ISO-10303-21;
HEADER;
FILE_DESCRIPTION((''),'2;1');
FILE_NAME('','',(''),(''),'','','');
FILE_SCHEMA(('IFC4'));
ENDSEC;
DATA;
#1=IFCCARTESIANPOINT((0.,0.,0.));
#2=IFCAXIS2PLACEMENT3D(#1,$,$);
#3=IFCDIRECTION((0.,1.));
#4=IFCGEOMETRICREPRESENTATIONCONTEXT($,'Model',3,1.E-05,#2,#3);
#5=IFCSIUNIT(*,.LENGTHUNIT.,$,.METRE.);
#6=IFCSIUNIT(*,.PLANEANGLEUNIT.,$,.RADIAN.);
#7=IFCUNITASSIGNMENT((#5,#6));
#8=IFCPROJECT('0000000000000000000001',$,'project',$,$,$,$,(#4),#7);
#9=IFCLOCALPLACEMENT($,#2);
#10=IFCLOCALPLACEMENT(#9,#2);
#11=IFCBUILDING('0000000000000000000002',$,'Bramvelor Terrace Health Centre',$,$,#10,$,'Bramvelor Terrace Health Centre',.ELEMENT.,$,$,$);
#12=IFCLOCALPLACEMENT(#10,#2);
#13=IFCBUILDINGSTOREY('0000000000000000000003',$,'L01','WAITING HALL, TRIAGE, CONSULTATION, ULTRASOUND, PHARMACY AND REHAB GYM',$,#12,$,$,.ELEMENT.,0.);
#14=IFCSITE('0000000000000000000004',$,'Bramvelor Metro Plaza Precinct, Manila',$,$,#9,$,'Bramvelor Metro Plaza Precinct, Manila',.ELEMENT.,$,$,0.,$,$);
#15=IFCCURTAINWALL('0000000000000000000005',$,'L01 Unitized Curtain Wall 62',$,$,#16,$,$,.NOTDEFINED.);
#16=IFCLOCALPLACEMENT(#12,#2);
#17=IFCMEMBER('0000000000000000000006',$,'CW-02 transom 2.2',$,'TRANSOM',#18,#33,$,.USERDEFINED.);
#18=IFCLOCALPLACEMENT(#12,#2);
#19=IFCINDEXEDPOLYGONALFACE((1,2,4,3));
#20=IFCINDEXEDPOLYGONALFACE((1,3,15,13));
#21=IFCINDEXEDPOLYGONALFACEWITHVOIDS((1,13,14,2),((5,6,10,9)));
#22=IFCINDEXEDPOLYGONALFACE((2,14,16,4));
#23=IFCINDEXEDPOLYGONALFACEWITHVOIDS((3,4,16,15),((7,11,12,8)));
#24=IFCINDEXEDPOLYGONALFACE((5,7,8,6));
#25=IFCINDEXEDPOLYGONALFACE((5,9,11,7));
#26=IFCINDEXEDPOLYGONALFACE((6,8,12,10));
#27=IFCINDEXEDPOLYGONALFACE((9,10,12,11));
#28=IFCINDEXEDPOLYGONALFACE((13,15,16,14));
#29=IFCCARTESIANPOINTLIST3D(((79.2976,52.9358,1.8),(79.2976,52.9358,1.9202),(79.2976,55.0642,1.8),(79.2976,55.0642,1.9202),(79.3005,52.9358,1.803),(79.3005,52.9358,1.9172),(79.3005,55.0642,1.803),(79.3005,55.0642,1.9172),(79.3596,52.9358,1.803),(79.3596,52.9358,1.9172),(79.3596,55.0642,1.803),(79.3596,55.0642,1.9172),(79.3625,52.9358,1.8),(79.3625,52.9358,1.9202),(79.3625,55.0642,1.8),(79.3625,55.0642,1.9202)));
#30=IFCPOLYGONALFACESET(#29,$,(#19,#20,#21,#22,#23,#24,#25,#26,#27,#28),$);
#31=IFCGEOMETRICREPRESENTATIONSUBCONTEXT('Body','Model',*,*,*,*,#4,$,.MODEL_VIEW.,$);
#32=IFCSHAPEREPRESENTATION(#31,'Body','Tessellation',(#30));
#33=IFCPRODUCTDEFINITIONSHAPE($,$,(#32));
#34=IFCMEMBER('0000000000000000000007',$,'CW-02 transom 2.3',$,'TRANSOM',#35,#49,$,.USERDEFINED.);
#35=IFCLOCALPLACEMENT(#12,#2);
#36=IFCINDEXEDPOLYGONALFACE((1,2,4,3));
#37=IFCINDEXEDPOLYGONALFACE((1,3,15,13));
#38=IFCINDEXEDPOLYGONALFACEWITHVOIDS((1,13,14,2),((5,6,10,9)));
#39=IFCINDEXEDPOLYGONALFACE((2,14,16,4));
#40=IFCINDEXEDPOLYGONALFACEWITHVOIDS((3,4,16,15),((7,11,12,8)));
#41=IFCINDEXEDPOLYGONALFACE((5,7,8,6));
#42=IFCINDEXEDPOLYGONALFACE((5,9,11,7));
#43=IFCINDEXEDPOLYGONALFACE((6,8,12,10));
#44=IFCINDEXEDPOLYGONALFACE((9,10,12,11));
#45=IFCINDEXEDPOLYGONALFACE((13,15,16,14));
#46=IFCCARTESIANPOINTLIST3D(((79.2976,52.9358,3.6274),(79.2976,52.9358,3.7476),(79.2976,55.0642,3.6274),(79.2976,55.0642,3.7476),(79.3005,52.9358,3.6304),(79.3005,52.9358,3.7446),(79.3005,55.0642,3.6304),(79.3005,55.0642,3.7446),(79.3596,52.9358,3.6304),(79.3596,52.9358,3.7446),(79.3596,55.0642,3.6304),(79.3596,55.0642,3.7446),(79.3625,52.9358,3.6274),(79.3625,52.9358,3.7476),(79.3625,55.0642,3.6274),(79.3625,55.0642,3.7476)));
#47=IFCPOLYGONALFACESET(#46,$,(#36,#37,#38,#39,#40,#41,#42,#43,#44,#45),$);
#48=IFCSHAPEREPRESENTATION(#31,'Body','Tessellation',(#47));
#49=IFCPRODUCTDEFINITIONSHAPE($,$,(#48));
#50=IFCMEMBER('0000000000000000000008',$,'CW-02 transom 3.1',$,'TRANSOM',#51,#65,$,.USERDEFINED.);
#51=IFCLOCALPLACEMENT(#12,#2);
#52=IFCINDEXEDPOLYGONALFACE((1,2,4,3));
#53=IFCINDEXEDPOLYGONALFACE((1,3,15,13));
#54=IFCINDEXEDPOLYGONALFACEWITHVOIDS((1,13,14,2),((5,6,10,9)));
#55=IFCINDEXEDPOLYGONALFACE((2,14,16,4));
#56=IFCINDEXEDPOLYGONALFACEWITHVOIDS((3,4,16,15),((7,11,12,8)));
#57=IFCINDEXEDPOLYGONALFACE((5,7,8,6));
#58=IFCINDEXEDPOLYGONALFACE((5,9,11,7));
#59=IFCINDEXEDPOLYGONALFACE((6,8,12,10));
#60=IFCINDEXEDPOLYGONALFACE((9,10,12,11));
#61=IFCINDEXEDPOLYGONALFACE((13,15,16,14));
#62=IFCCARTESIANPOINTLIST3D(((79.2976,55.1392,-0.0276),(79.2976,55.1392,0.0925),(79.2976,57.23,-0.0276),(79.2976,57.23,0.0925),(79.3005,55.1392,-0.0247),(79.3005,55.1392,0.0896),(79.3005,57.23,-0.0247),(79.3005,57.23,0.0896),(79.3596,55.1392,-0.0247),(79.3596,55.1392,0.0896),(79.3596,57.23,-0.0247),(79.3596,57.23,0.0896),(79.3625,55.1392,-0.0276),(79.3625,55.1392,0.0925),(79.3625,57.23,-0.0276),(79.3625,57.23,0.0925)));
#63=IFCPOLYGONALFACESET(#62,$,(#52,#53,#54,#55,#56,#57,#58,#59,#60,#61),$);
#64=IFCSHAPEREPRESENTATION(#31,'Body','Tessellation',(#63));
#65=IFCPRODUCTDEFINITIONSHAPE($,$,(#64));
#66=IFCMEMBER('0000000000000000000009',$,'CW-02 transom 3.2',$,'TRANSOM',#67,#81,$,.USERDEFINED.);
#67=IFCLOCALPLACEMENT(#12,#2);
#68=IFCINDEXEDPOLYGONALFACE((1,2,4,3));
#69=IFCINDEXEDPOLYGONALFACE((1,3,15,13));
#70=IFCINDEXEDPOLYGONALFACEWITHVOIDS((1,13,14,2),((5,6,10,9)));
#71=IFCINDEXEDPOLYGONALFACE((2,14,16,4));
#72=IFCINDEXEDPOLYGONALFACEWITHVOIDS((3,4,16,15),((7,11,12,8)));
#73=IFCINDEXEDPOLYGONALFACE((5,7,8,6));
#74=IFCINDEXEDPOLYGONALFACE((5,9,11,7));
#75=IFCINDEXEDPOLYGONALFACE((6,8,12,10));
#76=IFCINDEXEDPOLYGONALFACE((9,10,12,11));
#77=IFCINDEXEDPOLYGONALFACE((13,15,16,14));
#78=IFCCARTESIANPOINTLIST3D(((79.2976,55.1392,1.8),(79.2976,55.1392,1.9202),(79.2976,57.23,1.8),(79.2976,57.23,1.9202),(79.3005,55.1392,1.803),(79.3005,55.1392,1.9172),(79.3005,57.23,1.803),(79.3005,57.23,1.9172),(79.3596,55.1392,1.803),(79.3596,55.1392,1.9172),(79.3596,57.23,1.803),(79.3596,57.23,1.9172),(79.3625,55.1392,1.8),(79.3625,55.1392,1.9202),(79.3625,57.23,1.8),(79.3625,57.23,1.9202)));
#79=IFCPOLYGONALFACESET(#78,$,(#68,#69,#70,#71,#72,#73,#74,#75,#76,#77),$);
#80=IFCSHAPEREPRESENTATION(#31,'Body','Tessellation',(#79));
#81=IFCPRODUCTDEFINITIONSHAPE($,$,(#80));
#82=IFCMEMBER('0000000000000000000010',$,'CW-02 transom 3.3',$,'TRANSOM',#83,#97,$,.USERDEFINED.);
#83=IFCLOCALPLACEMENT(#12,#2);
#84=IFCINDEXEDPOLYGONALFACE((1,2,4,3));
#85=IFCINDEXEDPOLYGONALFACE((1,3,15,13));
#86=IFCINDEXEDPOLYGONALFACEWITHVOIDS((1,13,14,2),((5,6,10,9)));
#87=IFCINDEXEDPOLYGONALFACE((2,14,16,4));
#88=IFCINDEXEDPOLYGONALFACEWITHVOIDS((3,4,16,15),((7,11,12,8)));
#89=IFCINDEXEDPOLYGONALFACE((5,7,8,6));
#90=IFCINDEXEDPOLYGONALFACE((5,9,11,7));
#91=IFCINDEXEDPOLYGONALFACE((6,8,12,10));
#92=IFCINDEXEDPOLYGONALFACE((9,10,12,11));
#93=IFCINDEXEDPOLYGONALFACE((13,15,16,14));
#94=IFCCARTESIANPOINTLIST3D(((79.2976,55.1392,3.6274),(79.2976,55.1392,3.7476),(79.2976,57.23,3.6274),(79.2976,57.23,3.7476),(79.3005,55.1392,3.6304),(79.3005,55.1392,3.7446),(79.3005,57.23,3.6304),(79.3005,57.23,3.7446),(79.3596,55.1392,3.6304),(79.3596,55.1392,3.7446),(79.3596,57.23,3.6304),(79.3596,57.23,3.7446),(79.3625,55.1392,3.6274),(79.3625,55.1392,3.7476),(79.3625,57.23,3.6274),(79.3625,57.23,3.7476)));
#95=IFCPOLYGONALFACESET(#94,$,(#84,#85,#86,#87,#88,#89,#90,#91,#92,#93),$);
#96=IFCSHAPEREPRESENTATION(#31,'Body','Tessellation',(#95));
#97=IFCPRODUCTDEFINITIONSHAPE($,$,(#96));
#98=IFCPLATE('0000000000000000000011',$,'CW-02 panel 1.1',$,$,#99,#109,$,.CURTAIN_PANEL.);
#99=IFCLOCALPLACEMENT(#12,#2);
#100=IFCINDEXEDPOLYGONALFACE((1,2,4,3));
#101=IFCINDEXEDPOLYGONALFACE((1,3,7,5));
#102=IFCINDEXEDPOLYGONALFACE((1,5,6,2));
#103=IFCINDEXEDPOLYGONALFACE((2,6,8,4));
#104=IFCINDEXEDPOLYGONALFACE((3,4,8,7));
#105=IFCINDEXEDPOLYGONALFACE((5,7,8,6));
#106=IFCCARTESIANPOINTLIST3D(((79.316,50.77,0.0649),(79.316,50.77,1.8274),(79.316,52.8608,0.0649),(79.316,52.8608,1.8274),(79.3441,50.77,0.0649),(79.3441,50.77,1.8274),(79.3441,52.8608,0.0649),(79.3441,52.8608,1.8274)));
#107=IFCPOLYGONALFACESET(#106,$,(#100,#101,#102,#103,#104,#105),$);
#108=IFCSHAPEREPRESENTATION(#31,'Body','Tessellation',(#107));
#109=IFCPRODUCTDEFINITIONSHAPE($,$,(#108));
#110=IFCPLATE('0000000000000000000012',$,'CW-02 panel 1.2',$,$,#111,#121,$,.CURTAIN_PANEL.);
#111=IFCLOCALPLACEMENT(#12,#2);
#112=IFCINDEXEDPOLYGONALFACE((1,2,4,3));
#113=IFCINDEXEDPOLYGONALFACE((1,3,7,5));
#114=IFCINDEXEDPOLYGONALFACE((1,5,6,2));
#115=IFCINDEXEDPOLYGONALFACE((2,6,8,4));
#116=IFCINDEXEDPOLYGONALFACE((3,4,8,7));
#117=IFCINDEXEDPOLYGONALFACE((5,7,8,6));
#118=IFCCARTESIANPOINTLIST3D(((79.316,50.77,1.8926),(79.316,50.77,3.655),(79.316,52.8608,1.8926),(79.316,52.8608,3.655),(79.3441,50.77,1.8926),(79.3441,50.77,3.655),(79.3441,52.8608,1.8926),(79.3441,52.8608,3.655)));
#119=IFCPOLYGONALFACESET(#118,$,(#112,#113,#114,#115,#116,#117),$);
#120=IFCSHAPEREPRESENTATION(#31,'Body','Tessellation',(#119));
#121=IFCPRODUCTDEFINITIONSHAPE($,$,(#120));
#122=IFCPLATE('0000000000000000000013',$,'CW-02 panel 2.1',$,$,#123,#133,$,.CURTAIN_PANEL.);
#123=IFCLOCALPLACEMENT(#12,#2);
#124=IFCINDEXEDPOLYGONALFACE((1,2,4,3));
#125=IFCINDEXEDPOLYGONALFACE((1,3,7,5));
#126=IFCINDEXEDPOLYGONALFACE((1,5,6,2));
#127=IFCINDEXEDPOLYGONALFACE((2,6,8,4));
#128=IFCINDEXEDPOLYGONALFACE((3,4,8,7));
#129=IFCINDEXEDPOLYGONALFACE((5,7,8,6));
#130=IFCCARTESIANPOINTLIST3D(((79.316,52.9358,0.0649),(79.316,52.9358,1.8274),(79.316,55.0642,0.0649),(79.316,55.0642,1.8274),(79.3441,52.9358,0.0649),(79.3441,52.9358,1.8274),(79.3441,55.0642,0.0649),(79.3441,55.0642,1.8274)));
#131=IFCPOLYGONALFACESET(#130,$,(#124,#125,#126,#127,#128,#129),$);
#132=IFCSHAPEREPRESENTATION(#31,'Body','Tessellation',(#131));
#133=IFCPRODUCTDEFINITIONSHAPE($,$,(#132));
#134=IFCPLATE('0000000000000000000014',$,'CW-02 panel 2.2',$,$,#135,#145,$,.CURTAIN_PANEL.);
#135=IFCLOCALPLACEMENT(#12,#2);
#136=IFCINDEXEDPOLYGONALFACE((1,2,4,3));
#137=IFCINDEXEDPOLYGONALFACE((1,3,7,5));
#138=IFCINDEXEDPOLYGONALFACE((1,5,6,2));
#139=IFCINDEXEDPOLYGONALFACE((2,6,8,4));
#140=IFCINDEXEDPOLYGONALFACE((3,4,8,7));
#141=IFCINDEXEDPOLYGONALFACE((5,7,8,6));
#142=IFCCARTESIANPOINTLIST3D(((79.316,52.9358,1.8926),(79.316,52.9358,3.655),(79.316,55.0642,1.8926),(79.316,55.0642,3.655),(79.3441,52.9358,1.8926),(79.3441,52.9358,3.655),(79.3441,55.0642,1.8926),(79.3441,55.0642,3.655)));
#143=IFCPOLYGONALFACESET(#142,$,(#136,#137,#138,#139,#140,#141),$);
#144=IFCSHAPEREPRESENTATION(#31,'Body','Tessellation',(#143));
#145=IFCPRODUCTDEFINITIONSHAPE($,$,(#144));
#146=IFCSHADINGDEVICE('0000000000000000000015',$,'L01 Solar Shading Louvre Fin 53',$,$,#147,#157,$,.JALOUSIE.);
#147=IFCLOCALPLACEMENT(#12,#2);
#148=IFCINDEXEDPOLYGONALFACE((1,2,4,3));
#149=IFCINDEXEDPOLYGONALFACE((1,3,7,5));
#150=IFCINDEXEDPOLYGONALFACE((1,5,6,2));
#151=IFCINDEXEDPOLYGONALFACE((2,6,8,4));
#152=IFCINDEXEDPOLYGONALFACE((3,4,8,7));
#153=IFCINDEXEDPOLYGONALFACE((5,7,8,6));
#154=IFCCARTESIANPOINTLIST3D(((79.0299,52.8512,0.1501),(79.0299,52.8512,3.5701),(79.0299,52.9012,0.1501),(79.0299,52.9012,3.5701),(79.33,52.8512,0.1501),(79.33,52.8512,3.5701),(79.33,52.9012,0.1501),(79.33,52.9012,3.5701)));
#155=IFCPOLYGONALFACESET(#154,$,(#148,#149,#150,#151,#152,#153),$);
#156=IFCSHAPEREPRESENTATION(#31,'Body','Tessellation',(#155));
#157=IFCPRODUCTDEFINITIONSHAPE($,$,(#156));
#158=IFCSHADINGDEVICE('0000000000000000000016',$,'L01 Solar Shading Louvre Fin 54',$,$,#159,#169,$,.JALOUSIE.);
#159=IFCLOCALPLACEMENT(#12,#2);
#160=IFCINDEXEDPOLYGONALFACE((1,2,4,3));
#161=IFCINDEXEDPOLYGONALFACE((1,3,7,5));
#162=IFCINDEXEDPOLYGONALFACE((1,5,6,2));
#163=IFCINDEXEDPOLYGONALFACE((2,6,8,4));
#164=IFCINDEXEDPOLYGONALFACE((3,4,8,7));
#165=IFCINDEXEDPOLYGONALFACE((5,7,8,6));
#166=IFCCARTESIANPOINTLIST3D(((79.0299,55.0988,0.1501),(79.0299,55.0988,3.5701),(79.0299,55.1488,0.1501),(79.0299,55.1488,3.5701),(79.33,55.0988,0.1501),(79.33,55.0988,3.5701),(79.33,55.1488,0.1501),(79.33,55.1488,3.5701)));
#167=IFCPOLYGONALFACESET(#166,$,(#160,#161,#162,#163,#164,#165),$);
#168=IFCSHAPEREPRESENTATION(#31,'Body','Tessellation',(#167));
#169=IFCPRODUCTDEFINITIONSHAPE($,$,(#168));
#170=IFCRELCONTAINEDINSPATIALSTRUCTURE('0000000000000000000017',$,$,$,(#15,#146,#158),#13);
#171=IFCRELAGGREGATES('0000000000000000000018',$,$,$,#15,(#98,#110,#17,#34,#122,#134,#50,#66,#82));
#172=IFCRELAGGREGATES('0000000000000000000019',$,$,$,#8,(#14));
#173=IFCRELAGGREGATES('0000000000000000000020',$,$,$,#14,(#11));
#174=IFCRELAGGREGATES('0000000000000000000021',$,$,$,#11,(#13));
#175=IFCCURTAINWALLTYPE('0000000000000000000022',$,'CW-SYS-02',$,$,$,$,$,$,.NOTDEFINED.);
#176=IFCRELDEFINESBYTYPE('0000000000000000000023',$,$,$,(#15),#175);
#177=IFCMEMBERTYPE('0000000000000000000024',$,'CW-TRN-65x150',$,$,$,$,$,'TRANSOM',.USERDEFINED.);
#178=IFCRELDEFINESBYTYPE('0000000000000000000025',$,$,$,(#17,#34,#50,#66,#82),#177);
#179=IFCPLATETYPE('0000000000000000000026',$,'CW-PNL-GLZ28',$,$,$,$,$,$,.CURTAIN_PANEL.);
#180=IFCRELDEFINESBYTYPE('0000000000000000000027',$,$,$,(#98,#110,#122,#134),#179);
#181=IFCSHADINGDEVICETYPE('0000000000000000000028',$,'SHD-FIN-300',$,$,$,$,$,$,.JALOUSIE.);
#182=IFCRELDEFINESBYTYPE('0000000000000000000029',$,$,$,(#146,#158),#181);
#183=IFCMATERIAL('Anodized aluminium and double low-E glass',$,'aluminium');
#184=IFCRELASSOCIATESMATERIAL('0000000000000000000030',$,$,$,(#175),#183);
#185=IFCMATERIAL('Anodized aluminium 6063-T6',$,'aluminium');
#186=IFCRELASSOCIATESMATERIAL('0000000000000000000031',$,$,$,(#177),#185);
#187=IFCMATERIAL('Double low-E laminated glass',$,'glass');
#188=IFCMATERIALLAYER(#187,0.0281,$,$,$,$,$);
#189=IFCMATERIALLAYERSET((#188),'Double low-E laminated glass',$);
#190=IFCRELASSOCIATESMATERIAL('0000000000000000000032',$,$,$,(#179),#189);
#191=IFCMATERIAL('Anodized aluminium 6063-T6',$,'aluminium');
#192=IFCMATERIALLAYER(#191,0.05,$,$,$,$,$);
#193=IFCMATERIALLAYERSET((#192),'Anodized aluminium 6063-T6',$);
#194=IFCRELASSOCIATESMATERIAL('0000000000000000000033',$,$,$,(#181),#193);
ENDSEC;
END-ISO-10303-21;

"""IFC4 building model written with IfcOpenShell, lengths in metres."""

from ifc_helpers import new_model, si_unit, direction, frame, origin, origin_2d, place, context, subcontext, project, spatial, rectangle, hollow_rectangle, extrude, material, layer, layer_set, material_profile, profile_set, type_object, element, aggregate, save


model = new_model("IFC4")

# Units and contexts
model_context = context("Model", 3, precision=1e-05, world=origin(), true_north=direction((0.0, 1.0)))
body_context = subcontext(model_context, "Body", "Model", "MODEL_VIEW")
ifc_project = project(units=[si_unit("LENGTHUNIT", "METRE"), si_unit("PLANEANGLEUNIT", "RADIAN")], contexts=[model_context])

# Site, building, storey
site_placement = place(None, origin())
site = spatial("IfcSite", under=ifc_project, at=site_placement, Name="Bramvelor Metro Plaza Precinct, Manila", LongName="Bramvelor Metro Plaza Precinct, Manila", CompositionType="ELEMENT", RefElevation=0.0)
building_placement = place(site_placement, origin())
building = spatial("IfcBuilding", under=site, at=building_placement, Name="Bramvelor Terrace Health Centre", LongName="Bramvelor Terrace Health Centre", CompositionType="ELEMENT")
storey_placement = place(building_placement, origin())
storey = spatial("IfcBuildingStorey", under=building, at=storey_placement, Name="L01", Description="WAITING HALL, TRIAGE, CONSULTATION, ULTRASOUND, PHARMACY AND REHAB GYM", CompositionType="ELEMENT", Elevation=0.0)

# Curtain wall, members, plates
ifc_material_1 = material(Name="Anodized aluminium and double low-E glass", Category="aluminium")
curtain_wall_type = type_object("IfcCurtainWallType", Name="CW-SYS-02", PredefinedType="NOTDEFINED", material=ifc_material_1)
curtain_wall_placement = place(storey_placement, origin())
curtain_wall = element("IfcCurtainWall", 1, at=curtain_wall_placement, inside=storey, type_object=curtain_wall_type, Name="L01 Unitized Curtain Wall 62", PredefinedType="NOTDEFINED")
ifc_material_2 = material(Name="Anodized aluminium 6063-T6", Category="aluminium")
ifc_material_profile_1 = material_profile(ifc_material_2, hollow_rectangle(XDim=0.0649, YDim=0.1201, WallThickness=0.0029, at=origin_2d()), Name="ALU-TRN 65x120x3.0")
ifc_profile_set_1 = profile_set([ifc_material_profile_1], Name="Anodized aluminium 6063-T6")
member_type_1 = type_object("IfcMemberType", Name="CW-TRN-65x150", ElementType="TRANSOM", PredefinedType="USERDEFINED", material=ifc_profile_set_1)
member_1_placement = place(storey_placement, frame((79.3301, 52.9358, 1.8601), z_axis=(0.0, 1.0, 0.0), x_axis=(-1.0, 0.0, 0.0)))
member_1 = element("IfcMember", 2, at=member_1_placement, type_object=member_type_1, Name="CW-02 transom 2.2", ObjectType="TRANSOM", PredefinedType="USERDEFINED", context=body_context, shape_type="SweptSolid", body=[
    extrude(hollow_rectangle(XDim=0.0649, YDim=0.1201, WallThickness=0.0029, at=origin_2d()), origin(), (0.0, 0.0, 1.0), 2.1284),
])
member_2_placement = place(storey_placement, frame((79.3301, 52.9358, 3.6875), z_axis=(0.0, 1.0, 0.0), x_axis=(-1.0, 0.0, 0.0)))
member_2 = element("IfcMember", 3, at=member_2_placement, type_object=member_type_1, Name="CW-02 transom 2.3", ObjectType="TRANSOM", PredefinedType="USERDEFINED", context=body_context, shape_type="SweptSolid", body=[
    extrude(hollow_rectangle(XDim=0.0649, YDim=0.1201, WallThickness=0.0029, at=origin_2d()), origin(), (0.0, 0.0, 1.0), 2.1284),
])
member_3_placement = place(storey_placement, frame((79.3301, 55.1392, 0.0325), z_axis=(0.0, 1.0, 0.0), x_axis=(-1.0, 0.0, 0.0)))
member_3 = element("IfcMember", 4, at=member_3_placement, type_object=member_type_1, Name="CW-02 transom 3.1", ObjectType="TRANSOM", PredefinedType="USERDEFINED", context=body_context, shape_type="SweptSolid", body=[
    extrude(hollow_rectangle(XDim=0.0649, YDim=0.1201, WallThickness=0.0029, at=origin_2d()), origin(), (0.0, 0.0, 1.0), 2.0908),
])
member_4_placement = place(storey_placement, frame((79.3301, 55.1392, 1.8601), z_axis=(0.0, 1.0, 0.0), x_axis=(-1.0, 0.0, 0.0)))
member_4 = element("IfcMember", 5, at=member_4_placement, type_object=member_type_1, Name="CW-02 transom 3.2", ObjectType="TRANSOM", PredefinedType="USERDEFINED", context=body_context, shape_type="SweptSolid", body=[
    extrude(hollow_rectangle(XDim=0.0649, YDim=0.1201, WallThickness=0.0029, at=origin_2d()), origin(), (0.0, 0.0, 1.0), 2.0908),
])
member_5_placement = place(storey_placement, frame((79.3301, 55.1392, 3.6875), z_axis=(0.0, 1.0, 0.0), x_axis=(-1.0, 0.0, 0.0)))
member_5 = element("IfcMember", 6, at=member_5_placement, type_object=member_type_1, Name="CW-02 transom 3.3", ObjectType="TRANSOM", PredefinedType="USERDEFINED", context=body_context, shape_type="SweptSolid", body=[
    extrude(hollow_rectangle(XDim=0.0649, YDim=0.1201, WallThickness=0.0029, at=origin_2d()), origin(), (0.0, 0.0, 1.0), 2.0908),
])
ifc_material_3 = material(Name="Double low-E laminated glass", Category="glass")
ifc_layer_1 = layer(ifc_material_3, 0.0281)
ifc_layer_set_1 = layer_set([ifc_layer_1], Name="Double low-E laminated glass")
plate_type = type_object("IfcPlateType", Name="CW-PNL-GLZ28", PredefinedType="CURTAIN_PANEL", material=ifc_layer_set_1)
plate_1_placement = place(storey_placement, frame((79.3301, 51.8154, 0.0649), z_axis=(0.0, 0.0, 1.0), x_axis=(0.0, 1.0, 0.0)))
plate_1 = element("IfcPlate", 7, at=plate_1_placement, type_object=plate_type, Name="CW-02 panel 1.1", PredefinedType="CURTAIN_PANEL", context=body_context, shape_type="SweptSolid", body=[
    extrude(rectangle(XDim=2.0908, YDim=0.0281, at=origin_2d()), origin(), (0.0, 0.0, 1.0), 1.7625),
])
plate_2_placement = place(storey_placement, frame((79.3301, 51.8154, 1.8926), z_axis=(0.0, 0.0, 1.0), x_axis=(0.0, 1.0, 0.0)))
plate_2 = element("IfcPlate", 8, at=plate_2_placement, type_object=plate_type, Name="CW-02 panel 1.2", PredefinedType="CURTAIN_PANEL", context=body_context, shape_type="SweptSolid", body=[
    extrude(rectangle(XDim=2.0908, YDim=0.0281, at=origin_2d()), origin(), (0.0, 0.0, 1.0), 1.7625),
])
plate_3_placement = place(storey_placement, frame((79.3301, 54.0, 0.0649), z_axis=(0.0, 0.0, 1.0), x_axis=(0.0, 1.0, 0.0)))
plate_3 = element("IfcPlate", 9, at=plate_3_placement, type_object=plate_type, Name="CW-02 panel 2.1", PredefinedType="CURTAIN_PANEL", context=body_context, shape_type="SweptSolid", body=[
    extrude(rectangle(XDim=2.1284, YDim=0.0281, at=origin_2d()), origin(), (0.0, 0.0, 1.0), 1.7625),
])
plate_4_placement = place(storey_placement, frame((79.3301, 54.0, 1.8926), z_axis=(0.0, 0.0, 1.0), x_axis=(0.0, 1.0, 0.0)))
plate_4 = element("IfcPlate", 10, at=plate_4_placement, type_object=plate_type, Name="CW-02 panel 2.2", PredefinedType="CURTAIN_PANEL", context=body_context, shape_type="SweptSolid", body=[
    extrude(rectangle(XDim=2.1284, YDim=0.0281, at=origin_2d()), origin(), (0.0, 0.0, 1.0), 1.7625),
])
aggregate(curtain_wall, [plate_1, plate_2, member_1, member_2, plate_3, plate_4, member_3, member_4, member_5])

# Shading devices
ifc_material_4 = material(Name="Anodized aluminium 6063-T6", Category="aluminium")
ifc_layer_2 = layer(ifc_material_4, 0.05)
ifc_layer_set_2 = layer_set([ifc_layer_2], Name="Anodized aluminium 6063-T6")
shading_device_type = type_object("IfcShadingDeviceType", Name="SHD-FIN-300", PredefinedType="JALOUSIE", material=ifc_layer_set_2)
for number, where, z_axis, x_axis, name in (
    (11, (79.1799, 52.8762, 0.1501), (0.0, 0.0, 1.0), (1.0, 0.0, 0.0), "L01 Solar Shading Louvre Fin 53"),
    (12, (79.1799, 55.1238, 0.1501), (0.0, 0.0, 1.0), (1.0, 0.0, 0.0), "L01 Solar Shading Louvre Fin 54"),
):
    element("IfcShadingDevice", number, at=place(storey_placement, frame(where, z_axis=z_axis, x_axis=x_axis)), inside=storey, type_object=shading_device_type, Name=name, PredefinedType="JALOUSIE", context=body_context, shape_type="SweptSolid", body=[
        extrude(rectangle(XDim=0.3, YDim=0.05, at=origin_2d()), origin(), (0.0, 0.0, 1.0), 3.4199),
    ])

save(model, "model.ifc")
